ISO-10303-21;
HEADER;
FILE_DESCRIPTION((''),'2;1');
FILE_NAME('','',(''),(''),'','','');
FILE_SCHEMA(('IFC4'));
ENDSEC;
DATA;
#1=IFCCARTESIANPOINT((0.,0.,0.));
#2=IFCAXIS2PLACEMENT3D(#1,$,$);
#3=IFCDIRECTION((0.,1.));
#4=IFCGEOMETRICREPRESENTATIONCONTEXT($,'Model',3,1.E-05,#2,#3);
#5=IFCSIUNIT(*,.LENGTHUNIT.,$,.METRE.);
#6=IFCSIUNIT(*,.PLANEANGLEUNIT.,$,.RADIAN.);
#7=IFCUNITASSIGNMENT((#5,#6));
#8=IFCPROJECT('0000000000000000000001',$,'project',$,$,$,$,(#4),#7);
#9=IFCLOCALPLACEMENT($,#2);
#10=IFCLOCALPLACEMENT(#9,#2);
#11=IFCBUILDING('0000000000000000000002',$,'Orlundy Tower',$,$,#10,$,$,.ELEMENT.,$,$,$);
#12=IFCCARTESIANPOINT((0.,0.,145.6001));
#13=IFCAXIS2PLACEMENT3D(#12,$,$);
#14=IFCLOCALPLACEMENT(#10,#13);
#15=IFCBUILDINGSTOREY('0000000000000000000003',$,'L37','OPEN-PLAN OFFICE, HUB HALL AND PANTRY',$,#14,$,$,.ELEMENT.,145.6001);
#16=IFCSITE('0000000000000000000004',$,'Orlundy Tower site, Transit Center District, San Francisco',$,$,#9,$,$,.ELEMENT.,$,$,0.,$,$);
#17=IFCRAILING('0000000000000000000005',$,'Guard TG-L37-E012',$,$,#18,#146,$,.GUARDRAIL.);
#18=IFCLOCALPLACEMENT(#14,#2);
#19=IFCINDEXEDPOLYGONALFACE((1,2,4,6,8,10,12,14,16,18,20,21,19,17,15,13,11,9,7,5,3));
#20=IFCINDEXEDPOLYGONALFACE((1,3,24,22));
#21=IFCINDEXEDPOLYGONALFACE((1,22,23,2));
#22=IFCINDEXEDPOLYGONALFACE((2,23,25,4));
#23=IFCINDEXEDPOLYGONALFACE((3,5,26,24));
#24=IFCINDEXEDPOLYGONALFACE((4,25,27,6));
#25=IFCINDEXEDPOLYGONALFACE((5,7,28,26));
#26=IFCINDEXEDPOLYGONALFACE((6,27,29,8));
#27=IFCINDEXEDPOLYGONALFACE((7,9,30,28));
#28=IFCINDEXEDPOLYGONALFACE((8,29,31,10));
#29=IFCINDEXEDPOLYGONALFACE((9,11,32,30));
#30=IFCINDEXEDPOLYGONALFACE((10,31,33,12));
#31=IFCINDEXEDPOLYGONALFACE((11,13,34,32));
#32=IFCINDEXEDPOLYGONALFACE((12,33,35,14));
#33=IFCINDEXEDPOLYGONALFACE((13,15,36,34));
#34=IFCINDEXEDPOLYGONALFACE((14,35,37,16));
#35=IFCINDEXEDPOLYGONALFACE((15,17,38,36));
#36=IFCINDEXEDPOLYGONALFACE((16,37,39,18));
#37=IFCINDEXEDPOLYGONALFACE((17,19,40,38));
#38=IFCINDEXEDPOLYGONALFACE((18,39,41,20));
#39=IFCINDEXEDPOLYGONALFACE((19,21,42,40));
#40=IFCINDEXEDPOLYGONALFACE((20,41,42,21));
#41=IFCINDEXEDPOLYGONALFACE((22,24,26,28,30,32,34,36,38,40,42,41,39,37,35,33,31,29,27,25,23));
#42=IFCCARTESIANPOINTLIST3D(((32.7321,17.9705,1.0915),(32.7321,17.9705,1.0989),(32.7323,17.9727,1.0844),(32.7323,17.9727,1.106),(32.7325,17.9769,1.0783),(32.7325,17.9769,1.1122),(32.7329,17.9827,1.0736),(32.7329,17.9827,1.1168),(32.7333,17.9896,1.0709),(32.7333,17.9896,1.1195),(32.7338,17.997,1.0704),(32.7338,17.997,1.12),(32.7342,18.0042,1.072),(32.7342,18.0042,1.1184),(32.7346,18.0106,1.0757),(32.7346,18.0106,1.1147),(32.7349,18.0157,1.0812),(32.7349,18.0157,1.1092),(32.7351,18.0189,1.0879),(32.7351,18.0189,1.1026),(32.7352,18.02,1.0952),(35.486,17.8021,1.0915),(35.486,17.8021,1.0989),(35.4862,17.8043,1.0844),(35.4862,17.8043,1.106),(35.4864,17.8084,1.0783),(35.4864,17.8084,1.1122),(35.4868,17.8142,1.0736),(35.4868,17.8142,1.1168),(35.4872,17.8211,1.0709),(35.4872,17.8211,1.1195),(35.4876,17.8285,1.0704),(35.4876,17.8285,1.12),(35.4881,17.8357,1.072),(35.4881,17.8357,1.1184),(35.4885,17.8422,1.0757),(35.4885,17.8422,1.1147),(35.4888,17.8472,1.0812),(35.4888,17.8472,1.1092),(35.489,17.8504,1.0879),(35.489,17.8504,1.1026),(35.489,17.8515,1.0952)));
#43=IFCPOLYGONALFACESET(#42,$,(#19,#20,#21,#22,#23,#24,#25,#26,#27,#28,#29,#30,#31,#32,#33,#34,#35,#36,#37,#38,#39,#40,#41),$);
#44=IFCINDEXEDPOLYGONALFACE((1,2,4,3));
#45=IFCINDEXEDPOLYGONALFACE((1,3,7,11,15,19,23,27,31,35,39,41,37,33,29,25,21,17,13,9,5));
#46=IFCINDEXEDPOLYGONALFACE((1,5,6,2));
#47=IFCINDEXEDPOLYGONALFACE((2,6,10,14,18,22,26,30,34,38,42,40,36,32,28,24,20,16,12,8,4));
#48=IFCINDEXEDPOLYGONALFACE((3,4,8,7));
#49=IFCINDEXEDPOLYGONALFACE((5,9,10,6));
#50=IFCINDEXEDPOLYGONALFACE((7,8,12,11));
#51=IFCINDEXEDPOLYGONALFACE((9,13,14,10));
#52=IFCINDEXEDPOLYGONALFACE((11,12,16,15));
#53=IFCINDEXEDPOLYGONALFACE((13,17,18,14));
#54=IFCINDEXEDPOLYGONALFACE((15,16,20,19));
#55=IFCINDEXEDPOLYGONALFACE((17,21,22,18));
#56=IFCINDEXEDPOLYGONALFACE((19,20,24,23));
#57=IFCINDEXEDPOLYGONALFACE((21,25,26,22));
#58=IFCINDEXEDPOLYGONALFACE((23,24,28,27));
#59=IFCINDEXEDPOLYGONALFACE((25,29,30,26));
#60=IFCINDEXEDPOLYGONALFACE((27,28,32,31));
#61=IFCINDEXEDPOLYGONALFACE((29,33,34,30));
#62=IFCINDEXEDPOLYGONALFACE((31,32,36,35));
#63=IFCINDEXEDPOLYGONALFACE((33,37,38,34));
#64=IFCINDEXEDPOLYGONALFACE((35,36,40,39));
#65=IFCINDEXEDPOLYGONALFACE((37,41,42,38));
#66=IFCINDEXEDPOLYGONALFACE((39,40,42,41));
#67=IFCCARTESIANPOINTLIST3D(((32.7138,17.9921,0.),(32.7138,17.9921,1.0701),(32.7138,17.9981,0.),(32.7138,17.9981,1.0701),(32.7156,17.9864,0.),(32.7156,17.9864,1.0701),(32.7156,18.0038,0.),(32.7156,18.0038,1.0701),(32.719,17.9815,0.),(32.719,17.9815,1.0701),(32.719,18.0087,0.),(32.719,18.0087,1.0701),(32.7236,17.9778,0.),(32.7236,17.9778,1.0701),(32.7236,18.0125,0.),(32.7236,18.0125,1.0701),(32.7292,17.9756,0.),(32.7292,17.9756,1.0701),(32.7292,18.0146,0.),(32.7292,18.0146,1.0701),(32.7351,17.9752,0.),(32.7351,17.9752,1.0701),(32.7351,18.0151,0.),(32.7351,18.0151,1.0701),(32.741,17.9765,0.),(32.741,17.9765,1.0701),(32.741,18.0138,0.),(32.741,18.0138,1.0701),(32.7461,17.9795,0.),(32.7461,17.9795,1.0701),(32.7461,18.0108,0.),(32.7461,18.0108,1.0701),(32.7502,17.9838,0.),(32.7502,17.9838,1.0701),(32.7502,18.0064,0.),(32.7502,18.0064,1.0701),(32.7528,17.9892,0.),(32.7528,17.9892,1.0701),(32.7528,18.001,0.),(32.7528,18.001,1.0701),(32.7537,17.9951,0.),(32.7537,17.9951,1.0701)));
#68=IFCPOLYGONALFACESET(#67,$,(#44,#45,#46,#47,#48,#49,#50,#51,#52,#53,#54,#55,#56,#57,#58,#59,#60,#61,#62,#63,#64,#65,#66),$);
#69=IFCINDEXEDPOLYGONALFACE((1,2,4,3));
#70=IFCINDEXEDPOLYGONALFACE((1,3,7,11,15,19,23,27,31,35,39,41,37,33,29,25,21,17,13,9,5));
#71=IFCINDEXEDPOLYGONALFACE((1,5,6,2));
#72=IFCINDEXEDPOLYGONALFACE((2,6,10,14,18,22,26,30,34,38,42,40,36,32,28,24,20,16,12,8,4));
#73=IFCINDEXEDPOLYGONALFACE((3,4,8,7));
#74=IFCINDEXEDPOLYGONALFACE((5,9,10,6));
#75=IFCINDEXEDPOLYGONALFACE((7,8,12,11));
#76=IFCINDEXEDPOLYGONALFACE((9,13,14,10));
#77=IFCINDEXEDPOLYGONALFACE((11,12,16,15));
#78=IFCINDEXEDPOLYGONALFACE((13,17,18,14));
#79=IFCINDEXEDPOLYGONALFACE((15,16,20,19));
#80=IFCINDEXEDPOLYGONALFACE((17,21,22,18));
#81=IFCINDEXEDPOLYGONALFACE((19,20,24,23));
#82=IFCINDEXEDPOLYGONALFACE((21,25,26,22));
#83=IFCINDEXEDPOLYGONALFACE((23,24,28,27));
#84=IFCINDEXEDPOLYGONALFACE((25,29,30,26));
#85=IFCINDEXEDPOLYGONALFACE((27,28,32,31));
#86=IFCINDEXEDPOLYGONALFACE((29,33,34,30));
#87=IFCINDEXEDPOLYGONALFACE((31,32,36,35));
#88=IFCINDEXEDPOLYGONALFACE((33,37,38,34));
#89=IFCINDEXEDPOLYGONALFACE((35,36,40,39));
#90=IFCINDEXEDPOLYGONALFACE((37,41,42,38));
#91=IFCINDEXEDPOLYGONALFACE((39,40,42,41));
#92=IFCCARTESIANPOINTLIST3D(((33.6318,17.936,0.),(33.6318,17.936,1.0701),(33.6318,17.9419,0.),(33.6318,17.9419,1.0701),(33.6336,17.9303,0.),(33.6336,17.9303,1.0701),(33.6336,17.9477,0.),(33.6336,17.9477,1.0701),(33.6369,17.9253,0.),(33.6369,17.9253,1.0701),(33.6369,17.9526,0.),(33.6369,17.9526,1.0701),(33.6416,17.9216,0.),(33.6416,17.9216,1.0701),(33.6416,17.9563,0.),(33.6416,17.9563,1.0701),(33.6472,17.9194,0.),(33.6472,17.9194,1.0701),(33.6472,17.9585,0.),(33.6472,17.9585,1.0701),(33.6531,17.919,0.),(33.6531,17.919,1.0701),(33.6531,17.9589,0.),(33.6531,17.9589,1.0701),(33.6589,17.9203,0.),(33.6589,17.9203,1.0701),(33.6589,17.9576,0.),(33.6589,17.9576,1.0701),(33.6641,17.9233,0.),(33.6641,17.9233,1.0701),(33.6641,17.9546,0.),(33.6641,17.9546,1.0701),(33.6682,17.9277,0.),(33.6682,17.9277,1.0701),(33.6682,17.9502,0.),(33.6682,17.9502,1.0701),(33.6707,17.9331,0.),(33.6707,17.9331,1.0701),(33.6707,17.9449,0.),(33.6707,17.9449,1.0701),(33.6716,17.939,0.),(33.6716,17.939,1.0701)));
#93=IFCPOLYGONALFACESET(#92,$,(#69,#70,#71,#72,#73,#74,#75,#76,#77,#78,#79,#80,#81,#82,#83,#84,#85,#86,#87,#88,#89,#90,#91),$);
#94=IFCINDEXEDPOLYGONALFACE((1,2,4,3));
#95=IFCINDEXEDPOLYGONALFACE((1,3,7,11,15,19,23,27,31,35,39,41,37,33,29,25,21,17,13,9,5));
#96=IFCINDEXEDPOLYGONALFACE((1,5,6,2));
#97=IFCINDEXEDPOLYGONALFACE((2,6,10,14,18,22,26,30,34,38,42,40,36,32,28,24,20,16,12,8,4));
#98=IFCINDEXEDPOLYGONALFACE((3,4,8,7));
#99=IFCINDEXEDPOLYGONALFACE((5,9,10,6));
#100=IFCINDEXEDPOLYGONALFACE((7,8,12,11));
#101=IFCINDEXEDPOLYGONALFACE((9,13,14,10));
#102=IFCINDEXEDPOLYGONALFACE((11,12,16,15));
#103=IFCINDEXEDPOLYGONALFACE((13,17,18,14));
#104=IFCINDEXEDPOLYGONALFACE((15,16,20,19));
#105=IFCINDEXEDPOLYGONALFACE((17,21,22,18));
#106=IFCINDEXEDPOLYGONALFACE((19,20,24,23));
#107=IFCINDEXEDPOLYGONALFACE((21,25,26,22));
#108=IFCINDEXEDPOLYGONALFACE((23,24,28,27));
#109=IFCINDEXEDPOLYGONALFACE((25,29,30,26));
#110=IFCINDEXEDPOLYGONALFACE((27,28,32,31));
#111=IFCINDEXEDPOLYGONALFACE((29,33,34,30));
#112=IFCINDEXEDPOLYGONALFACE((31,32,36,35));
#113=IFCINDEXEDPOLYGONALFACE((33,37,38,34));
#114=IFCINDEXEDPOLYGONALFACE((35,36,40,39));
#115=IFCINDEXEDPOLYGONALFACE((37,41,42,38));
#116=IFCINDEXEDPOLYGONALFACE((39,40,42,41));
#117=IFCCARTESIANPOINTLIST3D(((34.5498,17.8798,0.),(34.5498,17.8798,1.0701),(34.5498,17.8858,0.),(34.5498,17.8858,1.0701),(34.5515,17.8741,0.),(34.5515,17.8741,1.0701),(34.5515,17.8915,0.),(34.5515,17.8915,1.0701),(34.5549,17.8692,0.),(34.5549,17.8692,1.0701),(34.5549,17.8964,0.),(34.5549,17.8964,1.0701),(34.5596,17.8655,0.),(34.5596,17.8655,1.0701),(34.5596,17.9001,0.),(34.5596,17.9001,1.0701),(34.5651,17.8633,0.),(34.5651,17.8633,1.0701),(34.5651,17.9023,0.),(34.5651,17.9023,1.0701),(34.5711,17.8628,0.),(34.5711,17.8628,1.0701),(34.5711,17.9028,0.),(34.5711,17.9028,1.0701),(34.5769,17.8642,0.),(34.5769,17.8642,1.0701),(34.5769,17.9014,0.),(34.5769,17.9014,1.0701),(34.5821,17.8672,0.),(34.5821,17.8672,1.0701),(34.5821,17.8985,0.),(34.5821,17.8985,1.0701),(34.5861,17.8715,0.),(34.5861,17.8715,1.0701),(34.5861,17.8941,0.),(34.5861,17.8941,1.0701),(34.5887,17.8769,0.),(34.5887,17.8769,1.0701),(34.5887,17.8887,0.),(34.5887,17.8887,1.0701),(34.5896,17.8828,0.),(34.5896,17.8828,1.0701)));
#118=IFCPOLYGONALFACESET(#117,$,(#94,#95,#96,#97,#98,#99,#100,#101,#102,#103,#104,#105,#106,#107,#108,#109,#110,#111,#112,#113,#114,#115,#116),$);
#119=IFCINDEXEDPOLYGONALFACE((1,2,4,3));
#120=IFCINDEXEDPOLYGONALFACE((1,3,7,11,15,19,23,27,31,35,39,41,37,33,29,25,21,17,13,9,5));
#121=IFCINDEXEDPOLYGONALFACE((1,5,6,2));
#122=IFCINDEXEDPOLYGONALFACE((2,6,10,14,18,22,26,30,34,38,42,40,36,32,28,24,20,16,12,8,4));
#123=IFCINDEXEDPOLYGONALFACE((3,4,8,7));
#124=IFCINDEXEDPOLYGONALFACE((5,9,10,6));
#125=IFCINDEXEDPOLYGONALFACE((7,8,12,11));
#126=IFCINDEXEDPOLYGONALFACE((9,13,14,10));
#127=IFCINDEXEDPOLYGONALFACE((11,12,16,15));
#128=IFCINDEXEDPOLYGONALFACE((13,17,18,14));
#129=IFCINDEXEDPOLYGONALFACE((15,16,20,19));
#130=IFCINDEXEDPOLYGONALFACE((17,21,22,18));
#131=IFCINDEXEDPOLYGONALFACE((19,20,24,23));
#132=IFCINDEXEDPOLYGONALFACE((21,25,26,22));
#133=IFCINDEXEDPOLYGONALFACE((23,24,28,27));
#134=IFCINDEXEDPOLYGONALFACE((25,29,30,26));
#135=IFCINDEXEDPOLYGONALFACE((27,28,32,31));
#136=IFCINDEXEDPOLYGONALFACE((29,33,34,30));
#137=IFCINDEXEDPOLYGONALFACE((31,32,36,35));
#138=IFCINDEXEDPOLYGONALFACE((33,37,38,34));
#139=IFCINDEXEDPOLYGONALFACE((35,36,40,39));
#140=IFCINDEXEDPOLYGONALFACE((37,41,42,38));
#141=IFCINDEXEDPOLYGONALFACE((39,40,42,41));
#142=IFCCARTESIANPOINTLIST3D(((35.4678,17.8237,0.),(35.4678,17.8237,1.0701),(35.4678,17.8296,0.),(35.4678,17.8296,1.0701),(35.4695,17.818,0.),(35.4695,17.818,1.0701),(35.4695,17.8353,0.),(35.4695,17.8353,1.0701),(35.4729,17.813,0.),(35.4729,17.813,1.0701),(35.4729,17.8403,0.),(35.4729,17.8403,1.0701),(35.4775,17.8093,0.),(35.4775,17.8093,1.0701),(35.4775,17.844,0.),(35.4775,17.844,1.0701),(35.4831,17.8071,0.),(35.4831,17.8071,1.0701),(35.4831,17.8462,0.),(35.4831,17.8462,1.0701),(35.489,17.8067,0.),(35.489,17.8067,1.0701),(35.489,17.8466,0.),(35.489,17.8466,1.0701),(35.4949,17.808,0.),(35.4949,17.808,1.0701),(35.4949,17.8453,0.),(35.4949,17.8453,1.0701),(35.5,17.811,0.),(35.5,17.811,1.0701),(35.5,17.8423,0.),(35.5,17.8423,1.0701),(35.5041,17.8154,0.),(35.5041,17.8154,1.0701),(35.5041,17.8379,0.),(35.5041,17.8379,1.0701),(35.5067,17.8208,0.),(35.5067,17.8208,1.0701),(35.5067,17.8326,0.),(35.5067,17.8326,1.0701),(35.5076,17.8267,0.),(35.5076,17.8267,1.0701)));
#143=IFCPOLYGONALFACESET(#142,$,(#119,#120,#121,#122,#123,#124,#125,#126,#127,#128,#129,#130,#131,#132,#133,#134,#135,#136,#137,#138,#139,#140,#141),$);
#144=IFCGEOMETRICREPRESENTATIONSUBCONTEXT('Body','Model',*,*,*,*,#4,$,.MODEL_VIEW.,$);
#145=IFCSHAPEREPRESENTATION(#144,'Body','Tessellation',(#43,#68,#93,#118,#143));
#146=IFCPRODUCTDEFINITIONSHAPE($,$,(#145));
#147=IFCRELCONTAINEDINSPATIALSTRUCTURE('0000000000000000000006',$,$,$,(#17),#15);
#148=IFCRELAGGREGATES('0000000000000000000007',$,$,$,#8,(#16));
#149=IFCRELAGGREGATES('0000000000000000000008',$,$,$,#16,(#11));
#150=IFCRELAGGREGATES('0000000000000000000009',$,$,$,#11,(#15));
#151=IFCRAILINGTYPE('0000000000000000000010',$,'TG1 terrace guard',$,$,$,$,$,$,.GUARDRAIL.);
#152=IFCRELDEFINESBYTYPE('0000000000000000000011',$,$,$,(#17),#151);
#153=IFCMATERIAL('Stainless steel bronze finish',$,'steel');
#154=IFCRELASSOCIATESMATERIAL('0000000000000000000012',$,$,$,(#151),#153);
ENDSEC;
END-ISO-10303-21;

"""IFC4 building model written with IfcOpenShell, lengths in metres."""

from ifc_helpers import new_model, si_unit, direction, frame, origin, origin_2d, place, context, subcontext, project, spatial, circle, extrude, material, type_object, element, save


model = new_model("IFC4")

# Units and contexts
model_context = context("Model", 3, precision=1e-05, world=origin(), true_north=direction((0.0, 1.0)))
body_context = subcontext(model_context, "Body", "Model", "MODEL_VIEW")
ifc_project = project(units=[si_unit("LENGTHUNIT", "METRE"), si_unit("PLANEANGLEUNIT", "RADIAN")], contexts=[model_context])

# Site, building, storey
site_placement = place(None, origin())
site = spatial("IfcSite", under=ifc_project, at=site_placement, Name="Orlundy Tower site, Transit Center District, San Francisco", CompositionType="ELEMENT", RefElevation=0.0)
building_placement = place(site_placement, origin())
building = spatial("IfcBuilding", under=site, at=building_placement, Name="Orlundy Tower", CompositionType="ELEMENT")
storey_placement = place(building_placement, frame((0.0, 0.0, 145.6001)))
storey = spatial("IfcBuildingStorey", under=building, at=storey_placement, Name="L37", Description="OPEN-PLAN OFFICE, HUB HALL AND PANTRY", CompositionType="ELEMENT", Elevation=145.6001)

# Railing
ifc_material_1 = material(Name="Stainless steel bronze finish", Category="steel")
railing_type = type_object("IfcRailingType", Name="TG1 terrace guard", PredefinedType="GUARDRAIL", material=ifc_material_1)
railing_1_placement = place(storey_placement, frame((32.7336, 17.9951, 0.0)))
element("IfcRailing", 1, at=railing_1_placement, inside=storey, type_object=railing_type, Name="Guard TG-L37-E012", PredefinedType="GUARDRAIL", context=body_context, shape_type="SweptSolid", body=[
    extrude(circle(Radius=0.0249, at=origin_2d()), frame((0.0, 0.0, 1.0952), z_axis=(0.998134, -0.061056, 0.0), x_axis=(0.061056, 0.998134, 0.0)), (0.0, 0.0, 1.0), 2.759),
    extrude(circle(Radius=0.02, at=origin_2d()), origin(), (0.0, 0.0, 1.0), 1.0701),
    extrude(circle(Radius=0.02, at=origin_2d()), frame((0.918, -0.0562, 0.0)), (0.0, 0.0, 1.0), 1.0701),
    extrude(circle(Radius=0.02, at=origin_2d()), frame((1.8359, -0.1123, 0.0)), (0.0, 0.0, 1.0), 1.0701),
    extrude(circle(Radius=0.02, at=origin_2d()), frame((2.7539, -0.1685, 0.0)), (0.0, 0.0, 1.0), 1.0701),
])

save(model, "model.ifc")
